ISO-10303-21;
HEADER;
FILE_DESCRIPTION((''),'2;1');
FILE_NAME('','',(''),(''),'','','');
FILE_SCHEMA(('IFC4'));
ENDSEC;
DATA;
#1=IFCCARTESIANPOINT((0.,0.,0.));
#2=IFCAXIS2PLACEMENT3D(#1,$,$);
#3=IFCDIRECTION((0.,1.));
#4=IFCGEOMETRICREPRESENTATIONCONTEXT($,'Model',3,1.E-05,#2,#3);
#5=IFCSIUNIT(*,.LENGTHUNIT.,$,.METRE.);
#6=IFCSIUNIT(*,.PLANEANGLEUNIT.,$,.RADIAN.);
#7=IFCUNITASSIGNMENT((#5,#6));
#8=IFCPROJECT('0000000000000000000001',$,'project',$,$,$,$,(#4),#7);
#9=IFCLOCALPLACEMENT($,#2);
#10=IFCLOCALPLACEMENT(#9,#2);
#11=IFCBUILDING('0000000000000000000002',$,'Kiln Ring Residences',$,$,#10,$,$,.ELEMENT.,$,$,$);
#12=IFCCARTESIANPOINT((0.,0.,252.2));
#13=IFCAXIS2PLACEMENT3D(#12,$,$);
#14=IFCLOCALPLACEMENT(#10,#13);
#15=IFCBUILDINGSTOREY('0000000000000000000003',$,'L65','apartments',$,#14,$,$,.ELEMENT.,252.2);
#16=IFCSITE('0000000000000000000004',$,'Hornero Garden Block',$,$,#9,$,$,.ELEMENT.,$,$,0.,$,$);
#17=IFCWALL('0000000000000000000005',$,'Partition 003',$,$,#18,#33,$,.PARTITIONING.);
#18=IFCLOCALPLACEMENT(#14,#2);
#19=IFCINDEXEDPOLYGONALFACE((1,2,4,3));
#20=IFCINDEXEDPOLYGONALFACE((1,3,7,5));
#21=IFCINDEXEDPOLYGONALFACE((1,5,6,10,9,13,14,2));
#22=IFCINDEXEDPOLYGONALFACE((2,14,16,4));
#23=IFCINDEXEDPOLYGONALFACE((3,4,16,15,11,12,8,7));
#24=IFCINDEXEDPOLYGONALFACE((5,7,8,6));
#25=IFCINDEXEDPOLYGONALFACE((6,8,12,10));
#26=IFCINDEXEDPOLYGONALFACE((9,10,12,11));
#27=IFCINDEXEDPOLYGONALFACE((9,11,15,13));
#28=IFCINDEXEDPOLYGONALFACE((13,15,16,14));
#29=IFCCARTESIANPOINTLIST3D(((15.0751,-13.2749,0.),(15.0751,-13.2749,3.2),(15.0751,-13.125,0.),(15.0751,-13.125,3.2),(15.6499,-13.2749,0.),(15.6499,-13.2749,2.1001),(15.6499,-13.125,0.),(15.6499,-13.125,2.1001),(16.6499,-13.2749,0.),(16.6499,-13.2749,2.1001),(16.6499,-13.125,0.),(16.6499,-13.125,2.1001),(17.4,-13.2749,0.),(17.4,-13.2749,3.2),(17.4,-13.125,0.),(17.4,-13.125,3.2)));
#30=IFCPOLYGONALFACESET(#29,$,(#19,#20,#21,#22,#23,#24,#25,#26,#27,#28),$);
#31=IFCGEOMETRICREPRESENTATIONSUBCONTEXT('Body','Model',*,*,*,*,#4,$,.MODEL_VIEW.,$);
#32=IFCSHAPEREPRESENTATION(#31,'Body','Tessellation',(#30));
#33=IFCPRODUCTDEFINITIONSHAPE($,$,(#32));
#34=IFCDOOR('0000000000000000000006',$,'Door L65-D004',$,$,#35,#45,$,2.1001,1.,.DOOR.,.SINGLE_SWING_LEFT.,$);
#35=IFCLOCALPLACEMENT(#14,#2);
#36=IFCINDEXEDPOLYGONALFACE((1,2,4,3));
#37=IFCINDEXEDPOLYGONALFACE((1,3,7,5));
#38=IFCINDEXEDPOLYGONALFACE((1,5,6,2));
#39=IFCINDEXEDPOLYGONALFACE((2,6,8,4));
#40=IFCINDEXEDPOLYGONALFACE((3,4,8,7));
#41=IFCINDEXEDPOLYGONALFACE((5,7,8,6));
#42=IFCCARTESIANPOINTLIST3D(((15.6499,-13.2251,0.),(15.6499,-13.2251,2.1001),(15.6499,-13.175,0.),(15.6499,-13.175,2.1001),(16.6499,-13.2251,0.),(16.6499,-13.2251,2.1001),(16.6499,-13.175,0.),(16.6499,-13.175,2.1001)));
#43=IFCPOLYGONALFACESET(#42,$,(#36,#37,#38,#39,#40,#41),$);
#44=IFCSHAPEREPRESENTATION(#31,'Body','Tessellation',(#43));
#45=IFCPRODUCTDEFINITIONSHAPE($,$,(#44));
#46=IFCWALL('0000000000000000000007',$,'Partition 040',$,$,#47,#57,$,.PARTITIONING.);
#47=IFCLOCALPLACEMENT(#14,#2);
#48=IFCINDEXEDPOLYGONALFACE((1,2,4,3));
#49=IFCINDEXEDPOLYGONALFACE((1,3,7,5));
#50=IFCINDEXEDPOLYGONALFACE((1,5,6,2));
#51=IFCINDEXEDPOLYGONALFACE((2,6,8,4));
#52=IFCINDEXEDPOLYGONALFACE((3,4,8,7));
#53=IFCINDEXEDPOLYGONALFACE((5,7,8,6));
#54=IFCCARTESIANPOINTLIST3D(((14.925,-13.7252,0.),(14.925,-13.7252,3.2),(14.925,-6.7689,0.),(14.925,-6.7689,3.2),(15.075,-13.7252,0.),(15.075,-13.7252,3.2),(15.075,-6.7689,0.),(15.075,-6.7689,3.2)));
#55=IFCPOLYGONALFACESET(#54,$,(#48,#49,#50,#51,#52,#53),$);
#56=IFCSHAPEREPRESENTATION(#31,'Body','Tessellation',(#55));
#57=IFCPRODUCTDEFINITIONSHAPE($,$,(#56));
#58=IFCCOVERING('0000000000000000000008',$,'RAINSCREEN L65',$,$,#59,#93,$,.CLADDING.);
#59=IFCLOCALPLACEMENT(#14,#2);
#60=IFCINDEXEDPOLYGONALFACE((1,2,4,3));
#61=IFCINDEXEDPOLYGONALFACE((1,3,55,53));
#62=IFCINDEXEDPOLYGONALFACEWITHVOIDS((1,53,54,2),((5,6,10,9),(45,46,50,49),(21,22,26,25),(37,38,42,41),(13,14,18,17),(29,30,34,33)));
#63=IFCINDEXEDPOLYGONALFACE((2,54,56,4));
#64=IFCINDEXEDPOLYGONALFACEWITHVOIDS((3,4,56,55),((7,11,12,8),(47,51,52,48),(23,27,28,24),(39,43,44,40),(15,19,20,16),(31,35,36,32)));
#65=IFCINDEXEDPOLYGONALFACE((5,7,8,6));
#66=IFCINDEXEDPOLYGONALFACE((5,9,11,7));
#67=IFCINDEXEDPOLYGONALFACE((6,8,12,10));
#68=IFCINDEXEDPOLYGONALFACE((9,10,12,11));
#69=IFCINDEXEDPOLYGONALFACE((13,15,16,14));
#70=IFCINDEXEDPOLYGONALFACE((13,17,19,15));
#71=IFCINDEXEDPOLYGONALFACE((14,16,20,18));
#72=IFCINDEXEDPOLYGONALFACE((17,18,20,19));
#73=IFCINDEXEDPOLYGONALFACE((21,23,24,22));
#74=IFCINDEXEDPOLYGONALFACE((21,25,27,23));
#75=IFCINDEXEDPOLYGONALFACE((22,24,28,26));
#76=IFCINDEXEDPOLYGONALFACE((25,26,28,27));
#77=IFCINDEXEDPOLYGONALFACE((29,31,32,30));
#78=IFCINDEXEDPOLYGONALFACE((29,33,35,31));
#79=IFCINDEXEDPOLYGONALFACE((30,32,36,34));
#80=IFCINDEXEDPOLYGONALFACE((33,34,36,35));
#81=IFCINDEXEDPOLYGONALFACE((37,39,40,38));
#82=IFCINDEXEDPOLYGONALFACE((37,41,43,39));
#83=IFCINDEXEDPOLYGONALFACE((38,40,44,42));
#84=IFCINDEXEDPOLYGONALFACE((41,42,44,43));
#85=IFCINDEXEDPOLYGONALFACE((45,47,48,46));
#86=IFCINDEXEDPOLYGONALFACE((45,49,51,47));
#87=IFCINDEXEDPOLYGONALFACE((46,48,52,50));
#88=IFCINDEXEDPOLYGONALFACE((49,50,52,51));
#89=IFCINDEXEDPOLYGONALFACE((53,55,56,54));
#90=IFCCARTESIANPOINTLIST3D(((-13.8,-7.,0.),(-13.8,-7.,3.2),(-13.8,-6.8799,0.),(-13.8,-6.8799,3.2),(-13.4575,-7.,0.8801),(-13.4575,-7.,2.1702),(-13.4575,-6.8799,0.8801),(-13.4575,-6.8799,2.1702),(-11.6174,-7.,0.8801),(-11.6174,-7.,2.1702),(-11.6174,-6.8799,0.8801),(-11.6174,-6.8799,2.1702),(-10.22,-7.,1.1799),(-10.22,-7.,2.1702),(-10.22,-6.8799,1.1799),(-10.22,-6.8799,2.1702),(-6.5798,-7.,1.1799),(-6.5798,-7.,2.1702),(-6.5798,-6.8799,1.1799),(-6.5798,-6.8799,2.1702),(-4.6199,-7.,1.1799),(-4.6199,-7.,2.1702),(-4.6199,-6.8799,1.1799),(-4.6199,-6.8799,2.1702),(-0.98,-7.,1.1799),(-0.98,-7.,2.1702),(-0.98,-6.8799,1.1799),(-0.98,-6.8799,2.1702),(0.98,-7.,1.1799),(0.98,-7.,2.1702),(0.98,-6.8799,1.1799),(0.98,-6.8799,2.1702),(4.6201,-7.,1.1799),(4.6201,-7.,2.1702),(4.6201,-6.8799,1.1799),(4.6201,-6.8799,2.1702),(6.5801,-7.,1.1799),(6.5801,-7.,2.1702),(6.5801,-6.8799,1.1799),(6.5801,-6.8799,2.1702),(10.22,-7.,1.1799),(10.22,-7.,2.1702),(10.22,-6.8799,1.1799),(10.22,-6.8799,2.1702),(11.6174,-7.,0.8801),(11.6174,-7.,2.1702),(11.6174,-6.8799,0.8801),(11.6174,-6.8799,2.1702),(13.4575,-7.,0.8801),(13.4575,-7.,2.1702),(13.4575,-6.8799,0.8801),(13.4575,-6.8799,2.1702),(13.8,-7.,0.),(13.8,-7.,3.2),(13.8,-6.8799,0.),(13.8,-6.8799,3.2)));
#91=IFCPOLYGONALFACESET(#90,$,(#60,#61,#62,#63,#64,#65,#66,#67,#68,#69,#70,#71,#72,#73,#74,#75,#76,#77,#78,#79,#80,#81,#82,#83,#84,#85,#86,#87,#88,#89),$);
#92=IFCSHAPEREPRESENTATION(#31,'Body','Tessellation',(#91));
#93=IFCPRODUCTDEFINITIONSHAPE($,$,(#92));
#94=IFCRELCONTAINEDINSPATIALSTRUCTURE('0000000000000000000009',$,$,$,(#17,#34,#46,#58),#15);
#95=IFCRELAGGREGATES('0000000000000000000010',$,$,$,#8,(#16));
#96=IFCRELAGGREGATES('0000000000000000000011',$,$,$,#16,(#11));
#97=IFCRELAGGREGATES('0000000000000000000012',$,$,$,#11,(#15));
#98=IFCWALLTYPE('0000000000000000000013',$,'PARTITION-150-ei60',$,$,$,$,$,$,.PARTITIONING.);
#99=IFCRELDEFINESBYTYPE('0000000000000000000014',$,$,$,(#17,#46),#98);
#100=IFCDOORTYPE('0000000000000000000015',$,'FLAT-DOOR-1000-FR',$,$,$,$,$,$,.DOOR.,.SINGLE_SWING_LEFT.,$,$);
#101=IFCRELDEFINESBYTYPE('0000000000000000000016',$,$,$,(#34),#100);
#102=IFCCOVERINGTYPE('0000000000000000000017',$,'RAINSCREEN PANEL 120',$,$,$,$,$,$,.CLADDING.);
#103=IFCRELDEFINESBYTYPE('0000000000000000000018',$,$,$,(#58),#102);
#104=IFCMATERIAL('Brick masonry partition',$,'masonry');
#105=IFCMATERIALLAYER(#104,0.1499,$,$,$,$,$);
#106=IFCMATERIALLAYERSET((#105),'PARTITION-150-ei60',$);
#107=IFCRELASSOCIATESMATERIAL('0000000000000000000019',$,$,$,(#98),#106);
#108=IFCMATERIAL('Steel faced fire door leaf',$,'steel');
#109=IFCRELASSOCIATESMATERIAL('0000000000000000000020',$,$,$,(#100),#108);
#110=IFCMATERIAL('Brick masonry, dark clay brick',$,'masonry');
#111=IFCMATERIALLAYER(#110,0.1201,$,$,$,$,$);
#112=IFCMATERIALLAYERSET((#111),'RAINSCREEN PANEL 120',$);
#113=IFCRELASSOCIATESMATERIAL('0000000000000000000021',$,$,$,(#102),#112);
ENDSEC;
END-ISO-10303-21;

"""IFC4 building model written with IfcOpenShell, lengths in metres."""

from ifc_helpers import new_model, si_unit, direction, frame, frame_2d, origin, place, context, subcontext, project, spatial, polyline, rectangle, outline, extrude, material, layer, layer_set, type_object, element, fill, save


model = new_model("IFC4")

# Units and contexts
model_context = context("Model", 3, precision=1e-05, world=origin(), true_north=direction((0.0, 1.0)))
body_context = subcontext(model_context, "Body", "Model", "MODEL_VIEW")
ifc_project = project(units=[si_unit("LENGTHUNIT", "METRE"), si_unit("PLANEANGLEUNIT", "RADIAN")], contexts=[model_context])

# Site, building, storey
site_placement = place(None, origin())
site = spatial("IfcSite", under=ifc_project, at=site_placement, Name="Hornero Garden Block", CompositionType="ELEMENT", RefElevation=0.0)
building_placement = place(site_placement, origin())
building = spatial("IfcBuilding", under=site, at=building_placement, Name="Kiln Ring Residences", CompositionType="ELEMENT")
storey_placement = place(building_placement, frame((0.0, 0.0, 252.2)))
storey = spatial("IfcBuildingStorey", under=building, at=storey_placement, Name="L65", Description="apartments", CompositionType="ELEMENT", Elevation=252.2)

# Wall, opening, door
ifc_material_1 = material(Name="Brick masonry partition", Category="masonry")
ifc_layer_1 = layer(ifc_material_1, 0.1499)
ifc_layer_set_1 = layer_set([ifc_layer_1], Name="PARTITION-150-ei60")
wall_type_1 = type_object("IfcWallType", Name="PARTITION-150-ei60", PredefinedType="PARTITIONING", material=ifc_layer_set_1)
wall_1_placement = place(storey_placement, frame((15.075, -13.2, 0.0), z_axis=(0.0, 0.0, 1.0), x_axis=(1.0, 0.0, 0.0)))
wall_1 = element("IfcWall", 1, at=wall_1_placement, inside=storey, type_object=wall_type_1, Name="Partition 003", PredefinedType="PARTITIONING", context=body_context, shape_type="SweptSolid", body=[
    extrude(rectangle(XDim=2.325, YDim=0.1499, at=frame_2d((1.1626, 0.0))), origin(), (0.0, 0.0, 1.0), 3.2),
])
opening_1_placement = place(wall_1_placement, frame((0.575, 0.0, 0.0)))
opening_1 = element("IfcOpeningElement", 2, at=opening_1_placement, cuts=wall_1, PredefinedType="OPENING", context=body_context, shape_type="SweptSolid", body=[
    extrude(rectangle(XDim=1.0, YDim=2.1001, at=frame_2d((0.5, 1.05))), frame((0.0, 0.085, 0.0), z_axis=(0.0, -1.0, 0.0), x_axis=(1.0, 0.0, 0.0)), (0.0, 0.0, 1.0), 0.1699),
])
ifc_material_2 = material(Name="Steel faced fire door leaf", Category="steel")
door_type_1 = type_object("IfcDoorType", Name="FLAT-DOOR-1000-FR", OperationType="SINGLE_SWING_LEFT", PredefinedType="DOOR", material=ifc_material_2)
door_1_placement = place(opening_1_placement, origin())
door_1 = element("IfcDoor", 3, at=door_1_placement, inside=storey, type_object=door_type_1, Name="Door L65-D004", OperationType="SINGLE_SWING_LEFT", OverallHeight=2.1001, OverallWidth=1.0, PredefinedType="DOOR", context=body_context, shape_type="SweptSolid", body=[
    extrude(rectangle(XDim=1.0, YDim=2.1001, at=frame_2d((0.5, 1.05))), frame((0.0, 0.0249, 0.0), z_axis=(0.0, -1.0, 0.0), x_axis=(1.0, 0.0, 0.0)), (0.0, 0.0, 1.0), 0.05),
])
fill(opening_1, door_1)

# Wall
wall_2_placement = place(storey_placement, frame((15.0, -13.7251, 0.0), z_axis=(0.0, 0.0, 1.0), x_axis=(0.0, 1.0, 0.0)))
element("IfcWall", 4, at=wall_2_placement, inside=storey, type_object=wall_type_1, Name="Partition 040", PredefinedType="PARTITIONING", context=body_context, shape_type="SweptSolid", body=[
    extrude(rectangle(XDim=6.9563, YDim=0.1499, at=frame_2d((3.478, 0.0))), origin(), (0.0, 0.0, 1.0), 3.2),
])

# Covering
ifc_material_3 = material(Name="Brick masonry, dark clay brick", Category="masonry")
ifc_layer_2 = layer(ifc_material_3, 0.1201)
ifc_layer_set_2 = layer_set([ifc_layer_2], Name="RAINSCREEN PANEL 120")
covering_type = type_object("IfcCoveringType", Name="RAINSCREEN PANEL 120", PredefinedType="CLADDING", material=ifc_layer_set_2)
covering_placement = place(storey_placement, frame((13.8, -6.9399, 0.0), z_axis=(0.0, 0.0, 1.0), x_axis=(-1.0, 0.0, 0.0)))
element("IfcCovering", 5, at=covering_placement, inside=storey, type_object=covering_type, Name="RAINSCREEN L65", PredefinedType="CLADDING", context=body_context, shape_type="SweptSolid", body=[
    extrude(outline(polyline([(0.0, 0.0), (27.6001, 0.0), (27.6001, 3.2), (0.0, 3.2), (0.0, 0.0)]), holes=[polyline([(2.1826, 0.8801), (2.1826, 2.1702), (0.3425, 2.1702), (0.3425, 0.8801), (2.1826, 0.8801)]), polyline([(25.4175, 0.8801), (27.2576, 0.8801), (27.2576, 2.1702), (25.4175, 2.1702), (25.4175, 0.8801)]), polyline([(3.5801, 1.1799), (7.22, 1.1799), (7.22, 2.1702), (3.5801, 2.1702), (3.5801, 1.1799)]), polyline([(12.8201, 1.1799), (12.8201, 2.1702), (9.1799, 2.1702), (9.1799, 1.1799), (12.8201, 1.1799)]), polyline([(14.78, 1.1799), (18.4199, 1.1799), (18.4199, 2.1702), (14.78, 2.1702), (14.78, 1.1799)]), polyline([(20.3799, 1.1799), (24.02, 1.1799), (24.02, 2.1702), (20.3799, 2.1702), (20.3799, 1.1799)])]), frame((0.0, 0.0601, 0.0), z_axis=(0.0, -1.0, 0.0), x_axis=(1.0, 0.0, 0.0)), (0.0, 0.0, 1.0), 0.1201),
])

save(model, "model.ifc")
